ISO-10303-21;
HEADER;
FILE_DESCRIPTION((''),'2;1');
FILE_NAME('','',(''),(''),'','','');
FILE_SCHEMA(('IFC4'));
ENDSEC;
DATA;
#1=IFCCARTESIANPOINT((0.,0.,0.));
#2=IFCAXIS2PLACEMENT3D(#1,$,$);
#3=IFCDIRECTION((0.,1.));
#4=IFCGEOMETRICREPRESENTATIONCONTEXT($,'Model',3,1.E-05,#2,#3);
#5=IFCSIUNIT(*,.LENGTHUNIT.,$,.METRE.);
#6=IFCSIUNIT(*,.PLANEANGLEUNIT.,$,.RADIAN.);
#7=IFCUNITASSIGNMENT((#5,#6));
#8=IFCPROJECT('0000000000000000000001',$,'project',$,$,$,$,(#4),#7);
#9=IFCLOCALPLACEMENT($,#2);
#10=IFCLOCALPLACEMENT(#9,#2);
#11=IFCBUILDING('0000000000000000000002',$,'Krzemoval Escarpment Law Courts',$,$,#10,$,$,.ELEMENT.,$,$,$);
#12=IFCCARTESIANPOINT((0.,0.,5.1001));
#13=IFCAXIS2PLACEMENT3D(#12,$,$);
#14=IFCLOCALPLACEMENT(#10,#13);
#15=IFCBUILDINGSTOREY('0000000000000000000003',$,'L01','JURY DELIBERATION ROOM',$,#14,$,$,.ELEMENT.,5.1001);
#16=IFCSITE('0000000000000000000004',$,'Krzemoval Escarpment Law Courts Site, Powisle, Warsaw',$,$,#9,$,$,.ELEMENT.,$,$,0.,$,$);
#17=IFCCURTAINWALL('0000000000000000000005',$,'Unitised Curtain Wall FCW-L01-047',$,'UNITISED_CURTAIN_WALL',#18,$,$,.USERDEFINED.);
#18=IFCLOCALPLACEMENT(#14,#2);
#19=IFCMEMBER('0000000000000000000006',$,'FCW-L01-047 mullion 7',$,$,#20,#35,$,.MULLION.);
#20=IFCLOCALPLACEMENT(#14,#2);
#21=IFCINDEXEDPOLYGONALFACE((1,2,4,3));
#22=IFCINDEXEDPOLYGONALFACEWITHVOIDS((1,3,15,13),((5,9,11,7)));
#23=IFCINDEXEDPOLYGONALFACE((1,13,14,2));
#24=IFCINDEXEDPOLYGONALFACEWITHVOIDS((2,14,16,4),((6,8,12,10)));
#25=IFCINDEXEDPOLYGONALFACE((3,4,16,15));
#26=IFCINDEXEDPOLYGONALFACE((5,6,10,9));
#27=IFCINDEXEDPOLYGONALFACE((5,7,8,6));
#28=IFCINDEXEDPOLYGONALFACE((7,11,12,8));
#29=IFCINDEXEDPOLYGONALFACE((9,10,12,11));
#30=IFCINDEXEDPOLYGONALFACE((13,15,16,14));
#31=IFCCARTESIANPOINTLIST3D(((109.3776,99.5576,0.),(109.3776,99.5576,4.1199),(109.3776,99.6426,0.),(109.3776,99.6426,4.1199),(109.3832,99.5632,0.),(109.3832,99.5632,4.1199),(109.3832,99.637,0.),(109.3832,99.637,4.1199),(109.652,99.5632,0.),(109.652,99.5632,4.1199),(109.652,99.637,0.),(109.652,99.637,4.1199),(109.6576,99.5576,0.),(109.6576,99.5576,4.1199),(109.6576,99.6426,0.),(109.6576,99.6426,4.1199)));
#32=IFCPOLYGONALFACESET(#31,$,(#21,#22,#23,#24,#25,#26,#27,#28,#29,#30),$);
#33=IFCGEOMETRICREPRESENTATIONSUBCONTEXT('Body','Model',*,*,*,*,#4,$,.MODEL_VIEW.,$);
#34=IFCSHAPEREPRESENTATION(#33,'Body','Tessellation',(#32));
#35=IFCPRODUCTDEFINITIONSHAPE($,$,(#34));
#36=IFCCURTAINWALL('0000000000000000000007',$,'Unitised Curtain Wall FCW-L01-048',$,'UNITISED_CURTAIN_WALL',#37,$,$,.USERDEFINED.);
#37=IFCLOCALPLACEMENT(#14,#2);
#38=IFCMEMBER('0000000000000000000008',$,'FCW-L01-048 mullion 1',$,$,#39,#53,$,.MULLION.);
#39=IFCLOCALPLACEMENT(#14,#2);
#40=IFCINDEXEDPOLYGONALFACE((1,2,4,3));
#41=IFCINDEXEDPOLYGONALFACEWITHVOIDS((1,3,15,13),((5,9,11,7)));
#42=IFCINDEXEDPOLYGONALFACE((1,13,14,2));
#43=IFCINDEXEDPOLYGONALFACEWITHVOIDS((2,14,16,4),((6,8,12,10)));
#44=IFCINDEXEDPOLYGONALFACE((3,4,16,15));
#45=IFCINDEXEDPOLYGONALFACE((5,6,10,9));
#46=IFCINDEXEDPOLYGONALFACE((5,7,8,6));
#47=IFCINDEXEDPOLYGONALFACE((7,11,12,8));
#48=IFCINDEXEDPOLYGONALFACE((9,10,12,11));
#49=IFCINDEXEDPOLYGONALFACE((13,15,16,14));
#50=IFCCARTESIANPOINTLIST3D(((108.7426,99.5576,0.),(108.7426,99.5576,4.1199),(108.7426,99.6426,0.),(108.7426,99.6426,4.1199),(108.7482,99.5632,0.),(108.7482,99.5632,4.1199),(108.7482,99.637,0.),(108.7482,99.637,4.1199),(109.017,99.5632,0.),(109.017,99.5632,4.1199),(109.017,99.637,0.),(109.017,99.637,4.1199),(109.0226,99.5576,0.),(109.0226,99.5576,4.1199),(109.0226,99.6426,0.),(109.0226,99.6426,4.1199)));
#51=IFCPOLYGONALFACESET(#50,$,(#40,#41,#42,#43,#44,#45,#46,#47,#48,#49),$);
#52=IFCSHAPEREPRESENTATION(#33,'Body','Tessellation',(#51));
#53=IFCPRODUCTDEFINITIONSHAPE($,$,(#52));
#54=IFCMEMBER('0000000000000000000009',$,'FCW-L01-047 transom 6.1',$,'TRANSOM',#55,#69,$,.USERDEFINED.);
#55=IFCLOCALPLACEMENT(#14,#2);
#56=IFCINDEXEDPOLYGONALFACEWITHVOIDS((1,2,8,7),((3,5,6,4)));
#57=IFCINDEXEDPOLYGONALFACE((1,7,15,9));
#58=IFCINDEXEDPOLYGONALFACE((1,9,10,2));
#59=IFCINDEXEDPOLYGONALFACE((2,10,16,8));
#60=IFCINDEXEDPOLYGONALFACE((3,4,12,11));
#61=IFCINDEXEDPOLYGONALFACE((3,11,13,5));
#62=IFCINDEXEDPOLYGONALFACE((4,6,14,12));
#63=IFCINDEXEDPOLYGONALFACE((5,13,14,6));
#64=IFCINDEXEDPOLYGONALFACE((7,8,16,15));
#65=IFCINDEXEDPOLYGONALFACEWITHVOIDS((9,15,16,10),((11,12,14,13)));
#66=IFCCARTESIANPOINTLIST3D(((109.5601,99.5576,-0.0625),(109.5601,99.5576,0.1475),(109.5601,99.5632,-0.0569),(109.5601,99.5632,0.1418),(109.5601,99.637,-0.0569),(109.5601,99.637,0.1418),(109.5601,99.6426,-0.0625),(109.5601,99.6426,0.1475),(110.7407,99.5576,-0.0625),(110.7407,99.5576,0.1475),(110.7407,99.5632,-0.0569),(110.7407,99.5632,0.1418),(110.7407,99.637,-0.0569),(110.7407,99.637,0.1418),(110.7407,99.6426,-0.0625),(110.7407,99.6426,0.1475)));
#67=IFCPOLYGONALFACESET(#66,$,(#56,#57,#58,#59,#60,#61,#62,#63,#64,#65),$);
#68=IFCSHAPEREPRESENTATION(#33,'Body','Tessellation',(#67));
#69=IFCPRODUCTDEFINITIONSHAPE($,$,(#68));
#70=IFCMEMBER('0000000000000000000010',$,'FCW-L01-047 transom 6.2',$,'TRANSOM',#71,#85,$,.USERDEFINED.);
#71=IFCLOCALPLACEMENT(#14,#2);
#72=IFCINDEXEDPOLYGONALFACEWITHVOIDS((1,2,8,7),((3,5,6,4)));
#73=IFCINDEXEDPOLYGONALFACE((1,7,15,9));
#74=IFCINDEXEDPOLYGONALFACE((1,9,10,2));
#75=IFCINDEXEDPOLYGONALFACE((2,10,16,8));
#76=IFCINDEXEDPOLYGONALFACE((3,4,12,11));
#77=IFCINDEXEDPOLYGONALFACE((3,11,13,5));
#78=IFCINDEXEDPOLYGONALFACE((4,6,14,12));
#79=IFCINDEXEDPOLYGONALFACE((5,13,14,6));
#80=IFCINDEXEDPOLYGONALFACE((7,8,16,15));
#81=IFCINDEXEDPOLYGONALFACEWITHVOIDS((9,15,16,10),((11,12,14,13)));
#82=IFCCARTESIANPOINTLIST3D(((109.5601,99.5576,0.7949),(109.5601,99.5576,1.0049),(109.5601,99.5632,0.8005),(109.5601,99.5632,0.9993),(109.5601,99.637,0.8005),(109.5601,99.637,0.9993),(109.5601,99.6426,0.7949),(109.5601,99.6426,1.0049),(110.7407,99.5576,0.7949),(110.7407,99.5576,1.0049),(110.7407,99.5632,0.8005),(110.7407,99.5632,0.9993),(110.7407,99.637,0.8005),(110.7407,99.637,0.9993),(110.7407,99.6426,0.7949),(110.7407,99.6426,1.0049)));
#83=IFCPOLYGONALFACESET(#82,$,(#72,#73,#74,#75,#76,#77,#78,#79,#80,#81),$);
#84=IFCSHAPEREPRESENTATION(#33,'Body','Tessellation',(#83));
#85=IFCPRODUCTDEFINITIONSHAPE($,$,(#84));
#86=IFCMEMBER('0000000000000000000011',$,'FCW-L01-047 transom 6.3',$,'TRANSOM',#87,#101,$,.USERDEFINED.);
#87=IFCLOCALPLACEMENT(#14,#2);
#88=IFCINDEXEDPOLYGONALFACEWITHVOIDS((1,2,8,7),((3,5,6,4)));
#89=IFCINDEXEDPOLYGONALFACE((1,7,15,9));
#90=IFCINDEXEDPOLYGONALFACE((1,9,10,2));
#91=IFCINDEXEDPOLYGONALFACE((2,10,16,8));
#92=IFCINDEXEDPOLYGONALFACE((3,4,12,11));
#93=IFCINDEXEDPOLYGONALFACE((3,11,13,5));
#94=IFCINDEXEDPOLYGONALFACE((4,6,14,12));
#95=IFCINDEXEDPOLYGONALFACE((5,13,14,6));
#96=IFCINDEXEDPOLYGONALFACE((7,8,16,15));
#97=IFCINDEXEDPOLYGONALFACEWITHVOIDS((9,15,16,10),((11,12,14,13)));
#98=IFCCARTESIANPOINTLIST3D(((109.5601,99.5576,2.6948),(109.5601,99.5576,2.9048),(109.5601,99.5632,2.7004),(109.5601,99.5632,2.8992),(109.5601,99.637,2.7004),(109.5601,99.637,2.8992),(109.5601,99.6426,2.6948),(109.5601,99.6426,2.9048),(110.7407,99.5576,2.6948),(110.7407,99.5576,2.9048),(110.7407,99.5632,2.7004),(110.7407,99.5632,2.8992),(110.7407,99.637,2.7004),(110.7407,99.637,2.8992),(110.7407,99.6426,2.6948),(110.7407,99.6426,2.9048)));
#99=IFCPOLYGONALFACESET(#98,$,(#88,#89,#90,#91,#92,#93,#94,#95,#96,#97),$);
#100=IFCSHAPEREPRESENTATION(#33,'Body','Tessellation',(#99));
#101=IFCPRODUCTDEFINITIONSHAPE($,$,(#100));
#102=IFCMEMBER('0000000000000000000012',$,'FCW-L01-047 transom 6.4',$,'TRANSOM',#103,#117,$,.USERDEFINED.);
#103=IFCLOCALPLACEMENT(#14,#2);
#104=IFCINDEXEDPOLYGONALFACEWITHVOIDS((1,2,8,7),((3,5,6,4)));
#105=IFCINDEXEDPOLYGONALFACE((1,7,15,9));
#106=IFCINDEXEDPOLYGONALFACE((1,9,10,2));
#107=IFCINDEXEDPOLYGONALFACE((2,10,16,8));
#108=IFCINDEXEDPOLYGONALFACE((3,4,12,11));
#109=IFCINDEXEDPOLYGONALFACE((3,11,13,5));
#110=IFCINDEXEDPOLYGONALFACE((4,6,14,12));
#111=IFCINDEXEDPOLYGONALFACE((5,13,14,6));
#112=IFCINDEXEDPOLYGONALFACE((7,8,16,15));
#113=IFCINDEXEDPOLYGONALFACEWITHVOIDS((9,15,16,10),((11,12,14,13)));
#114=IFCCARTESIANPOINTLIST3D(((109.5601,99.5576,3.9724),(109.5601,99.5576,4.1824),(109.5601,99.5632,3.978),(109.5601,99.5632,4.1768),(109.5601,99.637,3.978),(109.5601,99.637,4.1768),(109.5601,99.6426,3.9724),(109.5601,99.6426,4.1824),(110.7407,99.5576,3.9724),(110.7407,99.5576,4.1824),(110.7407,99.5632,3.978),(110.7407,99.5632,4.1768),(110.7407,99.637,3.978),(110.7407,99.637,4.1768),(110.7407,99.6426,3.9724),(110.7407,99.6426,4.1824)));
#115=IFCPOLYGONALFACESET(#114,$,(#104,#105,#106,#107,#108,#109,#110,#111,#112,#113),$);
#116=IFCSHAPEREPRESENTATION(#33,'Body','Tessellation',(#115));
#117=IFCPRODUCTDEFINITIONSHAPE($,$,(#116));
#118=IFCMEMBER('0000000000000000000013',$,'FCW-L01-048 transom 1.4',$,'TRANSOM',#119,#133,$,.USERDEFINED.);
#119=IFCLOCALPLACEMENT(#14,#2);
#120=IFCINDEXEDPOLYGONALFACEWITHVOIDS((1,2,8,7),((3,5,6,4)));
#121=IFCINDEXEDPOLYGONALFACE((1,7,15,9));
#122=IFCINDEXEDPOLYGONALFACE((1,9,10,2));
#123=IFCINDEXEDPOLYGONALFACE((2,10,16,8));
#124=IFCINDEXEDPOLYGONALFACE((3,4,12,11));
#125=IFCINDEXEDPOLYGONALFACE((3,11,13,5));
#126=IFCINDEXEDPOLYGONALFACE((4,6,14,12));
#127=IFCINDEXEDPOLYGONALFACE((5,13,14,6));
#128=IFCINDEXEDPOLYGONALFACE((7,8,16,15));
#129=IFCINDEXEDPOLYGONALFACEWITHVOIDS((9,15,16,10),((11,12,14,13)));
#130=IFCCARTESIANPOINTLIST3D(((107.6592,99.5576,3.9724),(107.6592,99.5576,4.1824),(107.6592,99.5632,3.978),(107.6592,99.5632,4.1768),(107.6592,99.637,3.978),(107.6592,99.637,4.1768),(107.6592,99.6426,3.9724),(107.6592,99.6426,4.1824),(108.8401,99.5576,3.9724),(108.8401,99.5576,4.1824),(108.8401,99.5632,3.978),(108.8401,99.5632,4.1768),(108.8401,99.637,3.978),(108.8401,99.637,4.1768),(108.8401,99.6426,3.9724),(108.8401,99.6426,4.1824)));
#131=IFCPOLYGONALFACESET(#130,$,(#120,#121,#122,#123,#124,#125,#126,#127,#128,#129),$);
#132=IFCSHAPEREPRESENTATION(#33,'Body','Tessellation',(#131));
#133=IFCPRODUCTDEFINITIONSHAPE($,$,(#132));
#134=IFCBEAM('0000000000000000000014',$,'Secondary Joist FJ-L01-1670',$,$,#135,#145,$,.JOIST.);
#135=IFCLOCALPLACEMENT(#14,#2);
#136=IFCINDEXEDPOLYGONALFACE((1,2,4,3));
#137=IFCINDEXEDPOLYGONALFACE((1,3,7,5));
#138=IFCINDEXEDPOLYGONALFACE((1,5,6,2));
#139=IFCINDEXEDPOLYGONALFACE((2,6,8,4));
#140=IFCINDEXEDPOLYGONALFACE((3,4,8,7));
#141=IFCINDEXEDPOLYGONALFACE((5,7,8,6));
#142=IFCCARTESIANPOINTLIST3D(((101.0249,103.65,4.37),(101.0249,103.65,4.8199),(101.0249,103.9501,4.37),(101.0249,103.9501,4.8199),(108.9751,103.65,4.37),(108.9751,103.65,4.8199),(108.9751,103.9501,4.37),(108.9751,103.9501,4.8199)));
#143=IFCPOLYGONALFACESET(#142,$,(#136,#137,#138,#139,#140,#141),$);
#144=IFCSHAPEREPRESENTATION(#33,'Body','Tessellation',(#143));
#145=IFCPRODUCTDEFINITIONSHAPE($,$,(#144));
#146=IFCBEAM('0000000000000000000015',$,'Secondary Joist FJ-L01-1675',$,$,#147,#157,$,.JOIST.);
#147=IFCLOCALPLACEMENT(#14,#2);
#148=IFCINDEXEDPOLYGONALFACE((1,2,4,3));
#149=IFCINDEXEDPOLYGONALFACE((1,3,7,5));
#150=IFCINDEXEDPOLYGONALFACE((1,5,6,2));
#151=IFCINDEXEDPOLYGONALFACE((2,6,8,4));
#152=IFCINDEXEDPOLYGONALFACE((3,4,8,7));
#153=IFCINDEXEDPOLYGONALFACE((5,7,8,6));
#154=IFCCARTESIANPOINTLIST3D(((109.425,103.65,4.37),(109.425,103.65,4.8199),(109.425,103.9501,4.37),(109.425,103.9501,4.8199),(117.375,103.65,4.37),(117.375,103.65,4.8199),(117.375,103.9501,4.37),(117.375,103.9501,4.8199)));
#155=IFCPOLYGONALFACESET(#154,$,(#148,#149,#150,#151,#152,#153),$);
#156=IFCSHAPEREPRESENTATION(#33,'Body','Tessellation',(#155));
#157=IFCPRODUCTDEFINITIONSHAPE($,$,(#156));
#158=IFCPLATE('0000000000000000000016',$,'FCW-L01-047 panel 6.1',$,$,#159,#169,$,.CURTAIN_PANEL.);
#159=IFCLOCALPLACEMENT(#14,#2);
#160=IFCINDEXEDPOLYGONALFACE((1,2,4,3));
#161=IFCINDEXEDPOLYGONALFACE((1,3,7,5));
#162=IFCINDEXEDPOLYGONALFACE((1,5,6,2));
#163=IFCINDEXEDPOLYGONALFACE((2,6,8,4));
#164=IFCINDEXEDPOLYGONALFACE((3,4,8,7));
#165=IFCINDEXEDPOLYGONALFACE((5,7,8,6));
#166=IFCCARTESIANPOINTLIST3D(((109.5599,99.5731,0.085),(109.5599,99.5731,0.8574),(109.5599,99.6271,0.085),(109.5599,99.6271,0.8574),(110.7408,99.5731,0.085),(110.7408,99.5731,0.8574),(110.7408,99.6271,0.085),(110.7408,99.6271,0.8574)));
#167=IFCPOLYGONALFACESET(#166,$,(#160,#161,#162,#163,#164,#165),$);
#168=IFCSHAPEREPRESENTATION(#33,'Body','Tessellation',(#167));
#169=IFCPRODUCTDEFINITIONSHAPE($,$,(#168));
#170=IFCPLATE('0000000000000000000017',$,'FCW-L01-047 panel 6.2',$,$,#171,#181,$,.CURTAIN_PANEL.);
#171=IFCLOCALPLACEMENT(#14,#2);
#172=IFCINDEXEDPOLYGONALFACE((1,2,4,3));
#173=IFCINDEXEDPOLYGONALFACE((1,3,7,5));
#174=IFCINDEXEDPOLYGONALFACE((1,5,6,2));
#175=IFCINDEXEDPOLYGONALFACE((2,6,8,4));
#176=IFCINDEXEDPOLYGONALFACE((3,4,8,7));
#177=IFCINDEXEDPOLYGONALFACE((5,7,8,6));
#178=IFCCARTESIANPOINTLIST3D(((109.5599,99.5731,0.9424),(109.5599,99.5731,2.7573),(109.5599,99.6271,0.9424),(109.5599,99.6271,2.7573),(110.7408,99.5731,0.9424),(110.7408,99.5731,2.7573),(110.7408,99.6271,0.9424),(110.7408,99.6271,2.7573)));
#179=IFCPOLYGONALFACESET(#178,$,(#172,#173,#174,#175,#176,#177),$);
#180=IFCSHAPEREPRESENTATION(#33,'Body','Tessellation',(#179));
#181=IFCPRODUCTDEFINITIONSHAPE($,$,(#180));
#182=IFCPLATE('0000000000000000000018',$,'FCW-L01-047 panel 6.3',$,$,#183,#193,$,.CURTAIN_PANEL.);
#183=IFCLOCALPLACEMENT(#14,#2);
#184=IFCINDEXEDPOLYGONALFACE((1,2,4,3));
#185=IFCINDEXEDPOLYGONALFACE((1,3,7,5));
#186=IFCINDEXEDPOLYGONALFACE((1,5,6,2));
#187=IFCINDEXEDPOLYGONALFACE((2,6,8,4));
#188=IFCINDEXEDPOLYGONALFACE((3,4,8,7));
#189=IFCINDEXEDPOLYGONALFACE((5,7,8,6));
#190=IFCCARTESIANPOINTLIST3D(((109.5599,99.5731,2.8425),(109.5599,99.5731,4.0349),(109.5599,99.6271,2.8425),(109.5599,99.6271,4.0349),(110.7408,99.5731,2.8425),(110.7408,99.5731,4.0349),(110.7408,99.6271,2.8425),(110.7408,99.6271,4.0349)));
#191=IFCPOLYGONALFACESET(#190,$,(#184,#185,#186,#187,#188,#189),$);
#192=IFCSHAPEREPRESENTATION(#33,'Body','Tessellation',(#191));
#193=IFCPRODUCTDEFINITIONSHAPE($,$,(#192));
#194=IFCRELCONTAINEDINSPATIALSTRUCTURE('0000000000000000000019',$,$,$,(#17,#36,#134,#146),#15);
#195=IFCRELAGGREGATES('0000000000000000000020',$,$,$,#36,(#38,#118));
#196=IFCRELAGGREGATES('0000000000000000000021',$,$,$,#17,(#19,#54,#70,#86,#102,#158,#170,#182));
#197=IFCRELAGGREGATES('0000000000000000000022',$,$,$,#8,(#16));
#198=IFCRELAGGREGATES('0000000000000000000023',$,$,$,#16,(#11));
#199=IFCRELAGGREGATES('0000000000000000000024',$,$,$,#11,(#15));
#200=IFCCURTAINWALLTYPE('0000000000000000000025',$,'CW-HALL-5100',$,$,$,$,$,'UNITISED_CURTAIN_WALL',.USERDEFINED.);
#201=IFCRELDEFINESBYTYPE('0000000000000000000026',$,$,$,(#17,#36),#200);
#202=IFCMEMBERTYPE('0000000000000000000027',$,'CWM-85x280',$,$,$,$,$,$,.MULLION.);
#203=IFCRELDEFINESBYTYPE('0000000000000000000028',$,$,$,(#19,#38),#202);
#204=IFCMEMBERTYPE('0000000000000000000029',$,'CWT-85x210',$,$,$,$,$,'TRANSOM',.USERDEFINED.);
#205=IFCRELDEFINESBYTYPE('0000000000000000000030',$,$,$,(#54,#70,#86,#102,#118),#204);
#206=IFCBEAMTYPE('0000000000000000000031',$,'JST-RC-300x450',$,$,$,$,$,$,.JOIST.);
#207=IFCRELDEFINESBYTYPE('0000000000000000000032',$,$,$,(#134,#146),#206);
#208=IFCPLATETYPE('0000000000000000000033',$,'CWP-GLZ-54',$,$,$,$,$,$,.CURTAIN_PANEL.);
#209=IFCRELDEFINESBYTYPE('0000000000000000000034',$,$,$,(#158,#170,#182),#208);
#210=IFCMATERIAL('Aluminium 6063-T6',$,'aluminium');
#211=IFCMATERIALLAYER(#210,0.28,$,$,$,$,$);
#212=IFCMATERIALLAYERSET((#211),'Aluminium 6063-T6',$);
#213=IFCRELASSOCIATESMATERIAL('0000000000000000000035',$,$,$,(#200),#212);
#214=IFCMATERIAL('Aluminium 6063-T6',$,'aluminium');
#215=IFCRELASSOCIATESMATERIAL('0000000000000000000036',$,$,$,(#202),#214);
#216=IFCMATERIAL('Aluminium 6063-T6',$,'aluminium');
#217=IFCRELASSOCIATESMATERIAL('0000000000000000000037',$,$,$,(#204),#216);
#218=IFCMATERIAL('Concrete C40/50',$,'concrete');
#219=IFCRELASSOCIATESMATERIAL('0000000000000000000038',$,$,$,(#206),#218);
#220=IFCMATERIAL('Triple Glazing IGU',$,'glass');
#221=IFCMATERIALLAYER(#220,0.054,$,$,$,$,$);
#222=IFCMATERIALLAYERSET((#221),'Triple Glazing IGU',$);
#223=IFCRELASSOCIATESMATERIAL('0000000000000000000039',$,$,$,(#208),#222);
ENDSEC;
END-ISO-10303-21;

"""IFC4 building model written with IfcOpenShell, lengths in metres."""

from ifc_helpers import new_model, si_unit, direction, frame, origin, origin_2d, place, context, subcontext, project, spatial, rectangle, hollow_rectangle, extrude, material, layer, layer_set, material_profile, profile_set, type_object, element, aggregate, save


model = new_model("IFC4")

# Units and contexts
model_context = context("Model", 3, precision=1e-05, world=origin(), true_north=direction((0.0, 1.0)))
body_context = subcontext(model_context, "Body", "Model", "MODEL_VIEW")
ifc_project = project(units=[si_unit("LENGTHUNIT", "METRE"), si_unit("PLANEANGLEUNIT", "RADIAN")], contexts=[model_context])

# Site, building, storey
site_placement = place(None, origin())
site = spatial("IfcSite", under=ifc_project, at=site_placement, Name="Krzemoval Escarpment Law Courts Site, Powisle, Warsaw", CompositionType="ELEMENT", RefElevation=0.0)
building_placement = place(site_placement, origin())
building = spatial("IfcBuilding", under=site, at=building_placement, Name="Krzemoval Escarpment Law Courts", CompositionType="ELEMENT")
storey_placement = place(building_placement, frame((0.0, 0.0, 5.1001)))
storey = spatial("IfcBuildingStorey", under=building, at=storey_placement, Name="L01", Description="JURY DELIBERATION ROOM", CompositionType="ELEMENT", Elevation=5.1001)

# Curtain wall, member
ifc_material_1 = material(Name="Aluminium 6063-T6", Category="aluminium")
ifc_layer_1 = layer(ifc_material_1, 0.28)
ifc_layer_set_1 = layer_set([ifc_layer_1], Name="Aluminium 6063-T6")
curtain_wall_type = type_object("IfcCurtainWallType", Name="CW-HALL-5100", ElementType="UNITISED_CURTAIN_WALL", PredefinedType="USERDEFINED", material=ifc_layer_set_1)
curtain_wall_1_placement = place(storey_placement, origin())
curtain_wall_1 = element("IfcCurtainWall", 1, at=curtain_wall_1_placement, inside=storey, type_object=curtain_wall_type, Name="Unitised Curtain Wall FCW-L01-047", ObjectType="UNITISED_CURTAIN_WALL", PredefinedType="USERDEFINED")
ifc_material_2 = material(Name="Aluminium 6063-T6", Category="aluminium")
ifc_material_profile_1 = material_profile(ifc_material_2, hollow_rectangle(XDim=0.085, YDim=0.28, WallThickness=0.0056, at=origin_2d()), Name="ALU M85x280")
ifc_profile_set_1 = profile_set([ifc_material_profile_1], Name="Aluminium 6063-T6")
member_type_1 = type_object("IfcMemberType", Name="CWM-85x280", PredefinedType="MULLION", material=ifc_profile_set_1)
member_1_placement = place(storey_placement, frame((109.5176, 99.6001, 0.0), z_axis=(0.0, 0.0, 1.0), x_axis=(0.0, -1.0, 0.0)))
member_1 = element("IfcMember", 2, at=member_1_placement, type_object=member_type_1, Name="FCW-L01-047 mullion 7", PredefinedType="MULLION", context=body_context, shape_type="SweptSolid", body=[
    extrude(hollow_rectangle(XDim=0.085, YDim=0.28, WallThickness=0.0056, at=origin_2d()), origin(), (0.0, 0.0, 1.0), 4.1199),
])

# Curtain wall, member
curtain_wall_2_placement = place(storey_placement, origin())
curtain_wall_2 = element("IfcCurtainWall", 3, at=curtain_wall_2_placement, inside=storey, type_object=curtain_wall_type, Name="Unitised Curtain Wall FCW-L01-048", ObjectType="UNITISED_CURTAIN_WALL", PredefinedType="USERDEFINED")
member_2_placement = place(storey_placement, frame((108.8826, 99.6001, 0.0), z_axis=(0.0, 0.0, 1.0), x_axis=(0.0, -1.0, 0.0)))
member_2 = element("IfcMember", 4, at=member_2_placement, type_object=member_type_1, Name="FCW-L01-048 mullion 1", PredefinedType="MULLION", context=body_context, shape_type="SweptSolid", body=[
    extrude(hollow_rectangle(XDim=0.085, YDim=0.28, WallThickness=0.0056, at=origin_2d()), origin(), (0.0, 0.0, 1.0), 4.1199),
])

# Members
ifc_material_3 = material(Name="Aluminium 6063-T6", Category="aluminium")
ifc_material_profile_2 = material_profile(ifc_material_3, hollow_rectangle(XDim=0.085, YDim=0.21, WallThickness=0.0056, at=origin_2d()), Name="ALU T85x210")
ifc_profile_set_2 = profile_set([ifc_material_profile_2], Name="Aluminium 6063-T6")
member_type_2 = type_object("IfcMemberType", Name="CWT-85x210", ElementType="TRANSOM", PredefinedType="USERDEFINED", material=ifc_profile_set_2)
member_3_placement = place(storey_placement, frame((110.7407, 99.6001, 0.0425), z_axis=(-1.0, 0.0, 0.0), x_axis=(0.0, -1.0, 0.0)))
member_3 = element("IfcMember", 5, at=member_3_placement, type_object=member_type_2, Name="FCW-L01-047 transom 6.1", ObjectType="TRANSOM", PredefinedType="USERDEFINED", context=body_context, shape_type="SweptSolid", body=[
    extrude(hollow_rectangle(XDim=0.085, YDim=0.21, WallThickness=0.0056, at=origin_2d()), origin(), (0.0, 0.0, 1.0), 1.1807),
])
member_4_placement = place(storey_placement, frame((110.7407, 99.6001, 0.8999), z_axis=(-1.0, 0.0, 0.0), x_axis=(0.0, -1.0, 0.0)))
member_4 = element("IfcMember", 6, at=member_4_placement, type_object=member_type_2, Name="FCW-L01-047 transom 6.2", ObjectType="TRANSOM", PredefinedType="USERDEFINED", context=body_context, shape_type="SweptSolid", body=[
    extrude(hollow_rectangle(XDim=0.085, YDim=0.21, WallThickness=0.0056, at=origin_2d()), origin(), (0.0, 0.0, 1.0), 1.1807),
])
member_5_placement = place(storey_placement, frame((110.7407, 99.6001, 2.7998), z_axis=(-1.0, 0.0, 0.0), x_axis=(0.0, -1.0, 0.0)))
member_5 = element("IfcMember", 7, at=member_5_placement, type_object=member_type_2, Name="FCW-L01-047 transom 6.3", ObjectType="TRANSOM", PredefinedType="USERDEFINED", context=body_context, shape_type="SweptSolid", body=[
    extrude(hollow_rectangle(XDim=0.085, YDim=0.21, WallThickness=0.0056, at=origin_2d()), origin(), (0.0, 0.0, 1.0), 1.1807),
])
member_6_placement = place(storey_placement, frame((110.7407, 99.6001, 4.0774), z_axis=(-1.0, 0.0, 0.0), x_axis=(0.0, -1.0, 0.0)))
member_6 = element("IfcMember", 8, at=member_6_placement, type_object=member_type_2, Name="FCW-L01-047 transom 6.4", ObjectType="TRANSOM", PredefinedType="USERDEFINED", context=body_context, shape_type="SweptSolid", body=[
    extrude(hollow_rectangle(XDim=0.085, YDim=0.21, WallThickness=0.0056, at=origin_2d()), origin(), (0.0, 0.0, 1.0), 1.1807),
])
member_7_placement = place(storey_placement, frame((108.8401, 99.6001, 4.0774), z_axis=(-1.0, 0.0, 0.0), x_axis=(0.0, -1.0, 0.0)))
member_7 = element("IfcMember", 9, at=member_7_placement, type_object=member_type_2, Name="FCW-L01-048 transom 1.4", ObjectType="TRANSOM", PredefinedType="USERDEFINED", context=body_context, shape_type="SweptSolid", body=[
    extrude(hollow_rectangle(XDim=0.085, YDim=0.21, WallThickness=0.0056, at=origin_2d()), origin(), (0.0, 0.0, 1.0), 1.1809),
])
aggregate(curtain_wall_2, [member_2, member_7])

# Beams
ifc_material_4 = material(Name="Concrete C40/50", Category="concrete")
ifc_material_profile_3 = material_profile(ifc_material_4, rectangle(XDim=0.3, YDim=0.45, at=origin_2d()), Name="RCB 300x450")
ifc_profile_set_3 = profile_set([ifc_material_profile_3], Name="Concrete C40/50")
beam_type_1 = type_object("IfcBeamType", Name="JST-RC-300x450", PredefinedType="JOIST", material=ifc_profile_set_3)
beam_1_placement = place(storey_placement, frame((101.0249, 103.8, 4.595), z_axis=(1.0, 0.0, 0.0), x_axis=(0.0, 1.0, 0.0)))
element("IfcBeam", 10, at=beam_1_placement, inside=storey, type_object=beam_type_1, Name="Secondary Joist FJ-L01-1670", PredefinedType="JOIST", context=body_context, shape_type="SweptSolid", body=[
    extrude(rectangle(XDim=0.3, YDim=0.45, at=origin_2d()), origin(), (0.0, 0.0, 1.0), 7.9502),
])
beam_2_placement = place(storey_placement, frame((109.425, 103.8, 4.595), z_axis=(1.0, 0.0, 0.0), x_axis=(0.0, 1.0, 0.0)))
element("IfcBeam", 11, at=beam_2_placement, inside=storey, type_object=beam_type_1, Name="Secondary Joist FJ-L01-1675", PredefinedType="JOIST", context=body_context, shape_type="SweptSolid", body=[
    extrude(rectangle(XDim=0.3, YDim=0.45, at=origin_2d()), origin(), (0.0, 0.0, 1.0), 7.95),
])

# Plates
ifc_material_5 = material(Name="Triple Glazing IGU", Category="glass")
ifc_layer_2 = layer(ifc_material_5, 0.054)
ifc_layer_set_2 = layer_set([ifc_layer_2], Name="Triple Glazing IGU")
plate_type = type_object("IfcPlateType", Name="CWP-GLZ-54", PredefinedType="CURTAIN_PANEL", material=ifc_layer_set_2)
plate_1_placement = place(storey_placement, frame((110.1504, 99.6001, 0.085), z_axis=(0.0, 0.0, 1.0), x_axis=(-1.0, 0.0, 0.0)))
plate_1 = element("IfcPlate", 12, at=plate_1_placement, type_object=plate_type, Name="FCW-L01-047 panel 6.1", PredefinedType="CURTAIN_PANEL", context=body_context, shape_type="SweptSolid", body=[
    extrude(rectangle(XDim=1.1809, YDim=0.054, at=origin_2d()), origin(), (0.0, 0.0, 1.0), 0.7725),
])
plate_2_placement = place(storey_placement, frame((110.1504, 99.6001, 0.9424), z_axis=(0.0, 0.0, 1.0), x_axis=(-1.0, 0.0, 0.0)))
plate_2 = element("IfcPlate", 13, at=plate_2_placement, type_object=plate_type, Name="FCW-L01-047 panel 6.2", PredefinedType="CURTAIN_PANEL", context=body_context, shape_type="SweptSolid", body=[
    extrude(rectangle(XDim=1.1809, YDim=0.054, at=origin_2d()), origin(), (0.0, 0.0, 1.0), 1.8149),
])
plate_3_placement = place(storey_placement, frame((110.1504, 99.6001, 2.8425), z_axis=(0.0, 0.0, 1.0), x_axis=(-1.0, 0.0, 0.0)))
plate_3 = element("IfcPlate", 14, at=plate_3_placement, type_object=plate_type, Name="FCW-L01-047 panel 6.3", PredefinedType="CURTAIN_PANEL", context=body_context, shape_type="SweptSolid", body=[
    extrude(rectangle(XDim=1.1809, YDim=0.054, at=origin_2d()), origin(), (0.0, 0.0, 1.0), 1.1924),
])
aggregate(curtain_wall_1, [member_1, member_3, member_4, member_5, member_6, plate_1, plate_2, plate_3])

save(model, "model.ifc")
